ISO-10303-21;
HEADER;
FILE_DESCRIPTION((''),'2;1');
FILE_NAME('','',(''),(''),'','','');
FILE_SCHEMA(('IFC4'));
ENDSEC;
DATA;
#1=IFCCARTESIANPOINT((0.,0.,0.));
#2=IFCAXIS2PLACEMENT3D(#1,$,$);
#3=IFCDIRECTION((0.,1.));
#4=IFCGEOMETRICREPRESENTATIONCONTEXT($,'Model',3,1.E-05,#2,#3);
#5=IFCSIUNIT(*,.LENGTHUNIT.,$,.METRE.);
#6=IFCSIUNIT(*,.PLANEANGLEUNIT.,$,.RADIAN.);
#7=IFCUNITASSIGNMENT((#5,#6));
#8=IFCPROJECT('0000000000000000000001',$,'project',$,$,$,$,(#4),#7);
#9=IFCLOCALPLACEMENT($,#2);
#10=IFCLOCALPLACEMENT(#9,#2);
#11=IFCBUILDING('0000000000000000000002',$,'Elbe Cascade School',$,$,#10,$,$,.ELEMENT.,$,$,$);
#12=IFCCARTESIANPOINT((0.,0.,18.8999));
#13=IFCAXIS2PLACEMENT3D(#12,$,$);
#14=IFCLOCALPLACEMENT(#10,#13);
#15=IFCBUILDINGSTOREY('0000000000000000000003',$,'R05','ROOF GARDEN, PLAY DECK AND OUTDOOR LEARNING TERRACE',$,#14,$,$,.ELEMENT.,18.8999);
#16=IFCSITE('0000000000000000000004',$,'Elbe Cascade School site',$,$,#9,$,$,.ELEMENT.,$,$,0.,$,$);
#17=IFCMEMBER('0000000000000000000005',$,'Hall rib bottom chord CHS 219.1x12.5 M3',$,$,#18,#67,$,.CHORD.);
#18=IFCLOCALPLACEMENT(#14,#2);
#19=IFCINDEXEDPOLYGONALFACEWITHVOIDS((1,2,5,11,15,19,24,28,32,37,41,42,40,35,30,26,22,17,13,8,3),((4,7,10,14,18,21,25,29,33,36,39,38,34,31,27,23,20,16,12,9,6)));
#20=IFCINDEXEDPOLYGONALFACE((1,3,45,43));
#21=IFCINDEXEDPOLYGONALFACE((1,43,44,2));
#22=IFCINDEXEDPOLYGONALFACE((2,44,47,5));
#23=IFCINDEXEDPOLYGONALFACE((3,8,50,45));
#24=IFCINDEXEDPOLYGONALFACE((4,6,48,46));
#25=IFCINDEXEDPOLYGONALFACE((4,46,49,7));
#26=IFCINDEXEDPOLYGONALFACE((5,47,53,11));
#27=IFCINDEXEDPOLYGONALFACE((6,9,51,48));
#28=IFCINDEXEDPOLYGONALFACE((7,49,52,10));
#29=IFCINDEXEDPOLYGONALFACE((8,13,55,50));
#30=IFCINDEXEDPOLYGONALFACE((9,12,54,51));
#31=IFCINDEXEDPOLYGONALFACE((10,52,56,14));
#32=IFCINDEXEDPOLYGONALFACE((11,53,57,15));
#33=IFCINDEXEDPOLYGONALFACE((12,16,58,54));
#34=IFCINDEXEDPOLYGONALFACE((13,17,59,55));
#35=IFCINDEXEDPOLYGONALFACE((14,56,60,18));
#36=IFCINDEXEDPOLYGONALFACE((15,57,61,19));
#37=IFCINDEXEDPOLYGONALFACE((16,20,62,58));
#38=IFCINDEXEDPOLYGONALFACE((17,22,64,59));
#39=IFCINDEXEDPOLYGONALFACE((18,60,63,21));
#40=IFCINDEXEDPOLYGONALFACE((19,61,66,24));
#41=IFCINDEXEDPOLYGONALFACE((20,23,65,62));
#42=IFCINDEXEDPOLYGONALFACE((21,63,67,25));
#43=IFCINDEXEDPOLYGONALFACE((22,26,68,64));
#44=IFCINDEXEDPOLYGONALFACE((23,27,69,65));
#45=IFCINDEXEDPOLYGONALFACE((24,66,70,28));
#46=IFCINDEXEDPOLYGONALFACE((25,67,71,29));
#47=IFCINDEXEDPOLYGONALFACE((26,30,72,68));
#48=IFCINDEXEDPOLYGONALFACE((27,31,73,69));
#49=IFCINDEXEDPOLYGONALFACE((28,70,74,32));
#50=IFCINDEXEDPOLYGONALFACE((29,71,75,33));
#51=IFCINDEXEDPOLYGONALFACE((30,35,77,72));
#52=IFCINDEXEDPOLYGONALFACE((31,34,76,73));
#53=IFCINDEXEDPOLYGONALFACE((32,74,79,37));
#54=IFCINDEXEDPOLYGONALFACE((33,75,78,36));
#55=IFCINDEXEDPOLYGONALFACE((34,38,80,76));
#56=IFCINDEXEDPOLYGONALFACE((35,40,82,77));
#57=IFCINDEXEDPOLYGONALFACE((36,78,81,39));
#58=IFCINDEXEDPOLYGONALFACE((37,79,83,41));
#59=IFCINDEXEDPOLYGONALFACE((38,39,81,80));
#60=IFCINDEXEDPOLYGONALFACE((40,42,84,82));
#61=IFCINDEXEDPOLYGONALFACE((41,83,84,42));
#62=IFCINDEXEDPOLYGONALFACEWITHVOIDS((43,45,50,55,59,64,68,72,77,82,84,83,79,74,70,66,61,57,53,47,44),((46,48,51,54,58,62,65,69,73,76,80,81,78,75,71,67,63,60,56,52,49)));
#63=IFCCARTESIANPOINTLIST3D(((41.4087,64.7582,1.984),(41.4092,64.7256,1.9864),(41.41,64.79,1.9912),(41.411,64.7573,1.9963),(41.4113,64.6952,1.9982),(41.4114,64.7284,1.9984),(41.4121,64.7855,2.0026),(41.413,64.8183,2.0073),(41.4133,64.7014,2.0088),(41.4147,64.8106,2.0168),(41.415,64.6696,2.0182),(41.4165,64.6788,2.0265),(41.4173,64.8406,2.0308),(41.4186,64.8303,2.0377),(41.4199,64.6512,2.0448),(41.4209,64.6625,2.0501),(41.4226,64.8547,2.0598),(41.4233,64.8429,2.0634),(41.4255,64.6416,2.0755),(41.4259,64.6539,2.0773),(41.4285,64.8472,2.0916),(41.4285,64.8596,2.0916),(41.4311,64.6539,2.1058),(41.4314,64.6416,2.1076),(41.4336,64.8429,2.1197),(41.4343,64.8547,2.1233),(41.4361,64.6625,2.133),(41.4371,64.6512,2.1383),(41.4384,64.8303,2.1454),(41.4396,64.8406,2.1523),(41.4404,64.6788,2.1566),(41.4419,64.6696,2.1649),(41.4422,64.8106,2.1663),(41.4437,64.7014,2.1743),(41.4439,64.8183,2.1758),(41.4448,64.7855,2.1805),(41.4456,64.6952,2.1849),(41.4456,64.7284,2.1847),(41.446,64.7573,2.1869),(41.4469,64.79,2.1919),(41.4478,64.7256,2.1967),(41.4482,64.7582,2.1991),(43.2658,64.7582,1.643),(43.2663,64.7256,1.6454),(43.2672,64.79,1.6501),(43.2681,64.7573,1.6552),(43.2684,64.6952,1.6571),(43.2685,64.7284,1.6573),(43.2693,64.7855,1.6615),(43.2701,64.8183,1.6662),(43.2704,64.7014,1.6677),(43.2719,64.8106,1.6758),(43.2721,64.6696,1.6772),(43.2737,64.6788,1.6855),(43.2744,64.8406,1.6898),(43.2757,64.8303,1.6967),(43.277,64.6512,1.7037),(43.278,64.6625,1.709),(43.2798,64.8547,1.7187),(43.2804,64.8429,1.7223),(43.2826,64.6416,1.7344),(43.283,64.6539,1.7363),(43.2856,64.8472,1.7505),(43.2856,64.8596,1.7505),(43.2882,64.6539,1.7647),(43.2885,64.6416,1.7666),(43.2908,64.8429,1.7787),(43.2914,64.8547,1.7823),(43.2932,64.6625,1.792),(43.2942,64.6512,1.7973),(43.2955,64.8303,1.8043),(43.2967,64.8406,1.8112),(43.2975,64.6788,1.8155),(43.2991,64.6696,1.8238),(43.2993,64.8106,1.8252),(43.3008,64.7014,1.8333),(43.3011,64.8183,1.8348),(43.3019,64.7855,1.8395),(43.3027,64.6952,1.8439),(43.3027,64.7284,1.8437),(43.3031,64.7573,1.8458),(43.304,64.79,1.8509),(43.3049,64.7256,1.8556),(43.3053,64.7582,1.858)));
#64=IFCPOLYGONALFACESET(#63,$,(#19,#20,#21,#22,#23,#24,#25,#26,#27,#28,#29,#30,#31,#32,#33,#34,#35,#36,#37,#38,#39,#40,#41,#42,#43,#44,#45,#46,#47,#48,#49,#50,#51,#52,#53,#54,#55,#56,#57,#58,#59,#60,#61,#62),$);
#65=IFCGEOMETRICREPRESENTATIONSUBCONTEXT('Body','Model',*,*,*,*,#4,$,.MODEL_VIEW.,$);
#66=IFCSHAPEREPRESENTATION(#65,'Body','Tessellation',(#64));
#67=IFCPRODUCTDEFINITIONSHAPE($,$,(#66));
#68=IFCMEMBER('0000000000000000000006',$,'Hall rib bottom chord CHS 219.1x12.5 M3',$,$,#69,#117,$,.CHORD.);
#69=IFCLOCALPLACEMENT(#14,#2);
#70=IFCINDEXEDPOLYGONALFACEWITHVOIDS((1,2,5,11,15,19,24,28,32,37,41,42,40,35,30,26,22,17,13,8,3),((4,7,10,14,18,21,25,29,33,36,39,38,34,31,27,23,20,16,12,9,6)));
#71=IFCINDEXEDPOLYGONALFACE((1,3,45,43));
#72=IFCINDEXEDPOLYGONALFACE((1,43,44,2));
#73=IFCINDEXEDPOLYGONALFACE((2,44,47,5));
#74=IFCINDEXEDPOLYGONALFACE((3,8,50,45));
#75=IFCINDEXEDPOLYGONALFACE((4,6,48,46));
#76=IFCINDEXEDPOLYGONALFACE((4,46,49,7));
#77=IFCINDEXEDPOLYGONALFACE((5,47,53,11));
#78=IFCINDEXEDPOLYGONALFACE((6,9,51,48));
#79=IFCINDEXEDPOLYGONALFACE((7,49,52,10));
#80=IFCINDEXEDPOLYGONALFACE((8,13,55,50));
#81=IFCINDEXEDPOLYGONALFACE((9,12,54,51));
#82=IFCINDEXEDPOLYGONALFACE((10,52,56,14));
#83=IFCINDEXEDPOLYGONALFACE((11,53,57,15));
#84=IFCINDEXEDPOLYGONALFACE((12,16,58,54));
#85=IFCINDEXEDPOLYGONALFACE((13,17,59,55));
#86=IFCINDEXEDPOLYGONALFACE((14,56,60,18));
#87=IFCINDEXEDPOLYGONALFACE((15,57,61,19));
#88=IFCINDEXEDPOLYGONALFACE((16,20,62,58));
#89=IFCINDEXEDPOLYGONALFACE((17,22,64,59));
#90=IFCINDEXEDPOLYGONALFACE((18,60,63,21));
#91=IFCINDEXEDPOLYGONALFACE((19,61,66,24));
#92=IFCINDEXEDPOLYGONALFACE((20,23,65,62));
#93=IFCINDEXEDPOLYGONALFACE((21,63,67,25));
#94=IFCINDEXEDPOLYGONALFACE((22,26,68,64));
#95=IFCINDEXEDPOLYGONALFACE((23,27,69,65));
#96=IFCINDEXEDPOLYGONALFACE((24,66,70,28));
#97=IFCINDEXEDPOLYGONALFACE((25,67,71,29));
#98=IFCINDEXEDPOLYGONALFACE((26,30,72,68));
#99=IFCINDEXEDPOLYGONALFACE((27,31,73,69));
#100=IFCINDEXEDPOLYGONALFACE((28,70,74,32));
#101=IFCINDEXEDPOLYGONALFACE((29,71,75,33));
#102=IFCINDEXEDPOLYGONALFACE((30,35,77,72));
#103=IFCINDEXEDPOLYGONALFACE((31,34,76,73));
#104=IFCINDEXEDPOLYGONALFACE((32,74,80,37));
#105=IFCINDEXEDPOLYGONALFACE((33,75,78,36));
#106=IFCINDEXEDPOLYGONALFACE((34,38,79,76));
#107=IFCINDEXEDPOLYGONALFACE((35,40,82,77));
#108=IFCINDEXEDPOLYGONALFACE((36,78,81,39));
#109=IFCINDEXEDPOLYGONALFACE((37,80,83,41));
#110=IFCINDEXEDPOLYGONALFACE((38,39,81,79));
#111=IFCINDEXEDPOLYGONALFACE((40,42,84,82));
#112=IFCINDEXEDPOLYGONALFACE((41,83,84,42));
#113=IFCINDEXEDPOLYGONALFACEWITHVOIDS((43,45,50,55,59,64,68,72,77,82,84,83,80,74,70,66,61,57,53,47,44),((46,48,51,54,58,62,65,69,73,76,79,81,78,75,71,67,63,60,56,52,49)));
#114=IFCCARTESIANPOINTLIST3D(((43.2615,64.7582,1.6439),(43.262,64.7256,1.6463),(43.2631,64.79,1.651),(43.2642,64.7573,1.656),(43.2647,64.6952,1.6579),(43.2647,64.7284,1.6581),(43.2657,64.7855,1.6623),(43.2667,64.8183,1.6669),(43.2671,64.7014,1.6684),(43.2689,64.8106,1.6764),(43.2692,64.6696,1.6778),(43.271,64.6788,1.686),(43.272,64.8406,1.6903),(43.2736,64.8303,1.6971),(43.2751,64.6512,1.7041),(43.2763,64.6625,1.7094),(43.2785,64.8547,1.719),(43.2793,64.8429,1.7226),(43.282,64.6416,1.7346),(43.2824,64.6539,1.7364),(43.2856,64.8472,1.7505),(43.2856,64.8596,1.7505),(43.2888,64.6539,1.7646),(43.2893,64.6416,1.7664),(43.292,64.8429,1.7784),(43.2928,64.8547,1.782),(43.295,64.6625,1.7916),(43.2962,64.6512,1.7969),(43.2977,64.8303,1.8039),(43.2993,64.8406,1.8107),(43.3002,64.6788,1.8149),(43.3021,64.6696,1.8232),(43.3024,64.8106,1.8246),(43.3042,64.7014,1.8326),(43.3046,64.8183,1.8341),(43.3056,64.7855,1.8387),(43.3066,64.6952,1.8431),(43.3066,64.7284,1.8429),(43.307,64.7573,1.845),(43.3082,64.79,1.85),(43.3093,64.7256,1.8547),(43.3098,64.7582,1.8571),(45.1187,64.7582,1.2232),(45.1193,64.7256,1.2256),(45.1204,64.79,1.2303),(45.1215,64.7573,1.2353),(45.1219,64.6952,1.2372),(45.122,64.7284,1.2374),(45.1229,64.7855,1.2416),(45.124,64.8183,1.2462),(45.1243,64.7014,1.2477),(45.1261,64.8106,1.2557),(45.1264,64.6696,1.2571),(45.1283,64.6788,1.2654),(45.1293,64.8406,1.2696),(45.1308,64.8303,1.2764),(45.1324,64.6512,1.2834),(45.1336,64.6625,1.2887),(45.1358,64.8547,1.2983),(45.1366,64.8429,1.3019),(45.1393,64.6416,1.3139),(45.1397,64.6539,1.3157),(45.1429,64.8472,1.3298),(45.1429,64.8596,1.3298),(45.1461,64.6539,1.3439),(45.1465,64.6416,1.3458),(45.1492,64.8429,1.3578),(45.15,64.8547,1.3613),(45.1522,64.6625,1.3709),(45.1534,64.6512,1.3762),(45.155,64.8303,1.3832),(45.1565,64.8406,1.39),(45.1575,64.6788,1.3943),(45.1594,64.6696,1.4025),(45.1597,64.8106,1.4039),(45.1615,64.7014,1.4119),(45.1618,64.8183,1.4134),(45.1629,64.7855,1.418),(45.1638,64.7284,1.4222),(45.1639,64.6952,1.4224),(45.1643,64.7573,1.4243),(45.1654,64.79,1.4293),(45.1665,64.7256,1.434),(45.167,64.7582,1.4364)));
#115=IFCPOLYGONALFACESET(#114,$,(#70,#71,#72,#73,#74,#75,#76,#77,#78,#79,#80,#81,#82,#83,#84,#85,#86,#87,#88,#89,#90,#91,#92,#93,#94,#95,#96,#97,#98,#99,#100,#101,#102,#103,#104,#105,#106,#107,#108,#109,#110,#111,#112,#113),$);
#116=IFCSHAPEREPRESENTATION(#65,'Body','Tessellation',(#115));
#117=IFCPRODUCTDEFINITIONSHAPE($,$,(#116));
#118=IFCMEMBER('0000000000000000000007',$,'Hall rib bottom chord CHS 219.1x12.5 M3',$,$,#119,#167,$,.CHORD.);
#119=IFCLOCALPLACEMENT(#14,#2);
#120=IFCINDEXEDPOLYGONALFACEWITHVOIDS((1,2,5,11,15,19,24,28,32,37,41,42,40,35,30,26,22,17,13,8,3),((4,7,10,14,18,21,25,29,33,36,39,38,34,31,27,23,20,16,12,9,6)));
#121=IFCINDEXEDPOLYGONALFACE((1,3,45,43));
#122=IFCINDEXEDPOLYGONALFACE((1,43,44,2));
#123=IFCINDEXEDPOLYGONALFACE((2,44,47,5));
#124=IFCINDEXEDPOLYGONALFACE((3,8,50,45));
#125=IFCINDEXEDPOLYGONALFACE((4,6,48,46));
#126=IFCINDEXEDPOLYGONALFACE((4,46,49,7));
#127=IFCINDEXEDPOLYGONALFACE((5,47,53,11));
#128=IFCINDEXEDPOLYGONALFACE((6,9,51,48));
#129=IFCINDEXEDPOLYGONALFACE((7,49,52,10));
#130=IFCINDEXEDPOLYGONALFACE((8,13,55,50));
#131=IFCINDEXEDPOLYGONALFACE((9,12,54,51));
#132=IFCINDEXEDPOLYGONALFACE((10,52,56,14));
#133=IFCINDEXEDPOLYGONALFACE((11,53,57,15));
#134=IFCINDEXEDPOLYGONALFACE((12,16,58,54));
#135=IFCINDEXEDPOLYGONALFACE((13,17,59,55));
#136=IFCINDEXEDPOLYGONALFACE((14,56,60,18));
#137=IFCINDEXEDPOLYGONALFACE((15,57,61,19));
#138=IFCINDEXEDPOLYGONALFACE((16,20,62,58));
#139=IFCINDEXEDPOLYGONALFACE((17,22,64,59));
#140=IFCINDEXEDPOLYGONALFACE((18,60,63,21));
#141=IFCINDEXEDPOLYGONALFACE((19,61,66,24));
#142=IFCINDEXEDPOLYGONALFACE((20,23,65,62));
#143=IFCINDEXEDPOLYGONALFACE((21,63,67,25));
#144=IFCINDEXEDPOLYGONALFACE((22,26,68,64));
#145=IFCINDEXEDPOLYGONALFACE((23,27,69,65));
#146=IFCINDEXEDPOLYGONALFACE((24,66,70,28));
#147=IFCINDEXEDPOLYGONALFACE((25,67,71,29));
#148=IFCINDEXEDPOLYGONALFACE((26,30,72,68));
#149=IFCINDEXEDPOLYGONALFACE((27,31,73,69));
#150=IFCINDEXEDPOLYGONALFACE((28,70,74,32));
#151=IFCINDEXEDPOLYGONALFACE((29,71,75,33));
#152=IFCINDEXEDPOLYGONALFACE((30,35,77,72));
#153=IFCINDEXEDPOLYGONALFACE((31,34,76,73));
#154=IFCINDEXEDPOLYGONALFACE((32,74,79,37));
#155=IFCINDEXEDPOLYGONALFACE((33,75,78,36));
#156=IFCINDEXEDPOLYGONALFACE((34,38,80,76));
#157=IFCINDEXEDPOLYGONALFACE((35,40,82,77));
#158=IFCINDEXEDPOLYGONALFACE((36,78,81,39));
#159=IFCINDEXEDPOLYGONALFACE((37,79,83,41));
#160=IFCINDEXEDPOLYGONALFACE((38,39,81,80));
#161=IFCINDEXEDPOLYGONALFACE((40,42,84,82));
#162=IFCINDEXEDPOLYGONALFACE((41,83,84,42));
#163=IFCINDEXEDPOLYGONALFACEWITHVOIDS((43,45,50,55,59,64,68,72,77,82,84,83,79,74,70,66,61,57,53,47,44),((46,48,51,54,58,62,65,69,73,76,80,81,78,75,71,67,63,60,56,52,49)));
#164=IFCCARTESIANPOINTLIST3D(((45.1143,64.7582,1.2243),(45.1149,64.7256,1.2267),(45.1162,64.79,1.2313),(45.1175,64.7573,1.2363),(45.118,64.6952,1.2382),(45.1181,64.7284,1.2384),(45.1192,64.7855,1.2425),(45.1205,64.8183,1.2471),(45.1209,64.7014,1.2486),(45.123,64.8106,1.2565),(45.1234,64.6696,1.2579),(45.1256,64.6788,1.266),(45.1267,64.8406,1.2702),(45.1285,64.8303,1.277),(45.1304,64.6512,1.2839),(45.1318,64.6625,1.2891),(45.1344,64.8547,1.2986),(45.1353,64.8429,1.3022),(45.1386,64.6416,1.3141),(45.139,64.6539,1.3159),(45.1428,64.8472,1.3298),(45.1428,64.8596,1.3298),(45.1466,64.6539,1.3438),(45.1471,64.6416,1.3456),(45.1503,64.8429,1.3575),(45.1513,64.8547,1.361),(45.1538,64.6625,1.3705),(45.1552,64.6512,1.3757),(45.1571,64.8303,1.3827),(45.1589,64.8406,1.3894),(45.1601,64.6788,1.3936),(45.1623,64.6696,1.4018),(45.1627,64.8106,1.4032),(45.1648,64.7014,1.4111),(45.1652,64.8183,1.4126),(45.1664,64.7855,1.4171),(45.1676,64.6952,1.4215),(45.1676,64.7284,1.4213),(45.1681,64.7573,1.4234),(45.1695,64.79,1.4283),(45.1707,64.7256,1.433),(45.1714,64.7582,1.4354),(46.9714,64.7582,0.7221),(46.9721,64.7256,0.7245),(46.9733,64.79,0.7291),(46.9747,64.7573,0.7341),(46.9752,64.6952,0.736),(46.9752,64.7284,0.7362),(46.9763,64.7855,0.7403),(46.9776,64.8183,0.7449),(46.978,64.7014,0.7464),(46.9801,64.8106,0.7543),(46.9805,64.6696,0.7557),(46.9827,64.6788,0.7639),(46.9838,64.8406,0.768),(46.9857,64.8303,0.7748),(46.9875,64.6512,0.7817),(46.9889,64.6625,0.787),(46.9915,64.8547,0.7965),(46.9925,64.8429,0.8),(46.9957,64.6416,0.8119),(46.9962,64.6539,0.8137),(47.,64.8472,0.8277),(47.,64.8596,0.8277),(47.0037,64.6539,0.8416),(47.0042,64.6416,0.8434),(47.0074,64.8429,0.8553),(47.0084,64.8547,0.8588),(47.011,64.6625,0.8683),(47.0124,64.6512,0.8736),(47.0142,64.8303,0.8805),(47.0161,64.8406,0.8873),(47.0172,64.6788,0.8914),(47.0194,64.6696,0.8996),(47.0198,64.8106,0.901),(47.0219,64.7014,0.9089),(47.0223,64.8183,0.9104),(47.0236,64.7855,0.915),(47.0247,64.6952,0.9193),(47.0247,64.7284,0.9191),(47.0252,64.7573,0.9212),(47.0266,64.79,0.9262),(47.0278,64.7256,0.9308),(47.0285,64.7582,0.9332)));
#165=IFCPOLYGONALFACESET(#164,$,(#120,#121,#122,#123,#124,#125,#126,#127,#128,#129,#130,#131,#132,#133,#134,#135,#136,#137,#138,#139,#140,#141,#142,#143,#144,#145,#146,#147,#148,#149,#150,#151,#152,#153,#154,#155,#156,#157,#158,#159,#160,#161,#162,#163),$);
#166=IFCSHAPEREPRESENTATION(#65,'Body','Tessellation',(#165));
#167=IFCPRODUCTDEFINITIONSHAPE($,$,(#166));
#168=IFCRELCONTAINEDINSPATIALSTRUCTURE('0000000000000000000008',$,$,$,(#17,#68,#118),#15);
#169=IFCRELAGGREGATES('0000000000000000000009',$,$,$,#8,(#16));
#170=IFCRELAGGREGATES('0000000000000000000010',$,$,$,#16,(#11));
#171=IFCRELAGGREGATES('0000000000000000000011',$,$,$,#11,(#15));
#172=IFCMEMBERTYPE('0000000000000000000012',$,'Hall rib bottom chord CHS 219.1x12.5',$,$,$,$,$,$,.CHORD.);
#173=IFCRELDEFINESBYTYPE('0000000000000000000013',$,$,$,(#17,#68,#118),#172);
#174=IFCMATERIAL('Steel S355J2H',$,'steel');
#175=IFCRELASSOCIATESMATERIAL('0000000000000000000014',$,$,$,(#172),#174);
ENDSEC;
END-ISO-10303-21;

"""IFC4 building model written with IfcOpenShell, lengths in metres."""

from ifc_helpers import new_model, si_unit, direction, frame, origin, origin_2d, place, context, subcontext, project, spatial, hollow_circle, extrude, material, material_profile, profile_set, type_object, element, save


model = new_model("IFC4")

# Units and contexts
model_context = context("Model", 3, precision=1e-05, world=origin(), true_north=direction((0.0, 1.0)))
body_context = subcontext(model_context, "Body", "Model", "MODEL_VIEW")
ifc_project = project(units=[si_unit("LENGTHUNIT", "METRE"), si_unit("PLANEANGLEUNIT", "RADIAN")], contexts=[model_context])

# Site, building, storey
site_placement = place(None, origin())
site = spatial("IfcSite", under=ifc_project, at=site_placement, Name="Elbe Cascade School site", CompositionType="ELEMENT", RefElevation=0.0)
building_placement = place(site_placement, origin())
building = spatial("IfcBuilding", under=site, at=building_placement, Name="Elbe Cascade School", CompositionType="ELEMENT")
storey_placement = place(building_placement, frame((0.0, 0.0, 18.8999)))
storey = spatial("IfcBuildingStorey", under=building, at=storey_placement, Name="R05", Description="ROOF GARDEN, PLAY DECK AND OUTDOOR LEARNING TERRACE", CompositionType="ELEMENT", Elevation=18.8999)

# Members
ifc_material_1 = material(Name="Steel S355J2H", Category="steel")
ifc_material_profile_1 = material_profile(ifc_material_1, hollow_circle(Radius=0.1096, WallThickness=0.0125, at=origin_2d()), Name="CHS 219.1x12.5")
ifc_profile_set_1 = profile_set([ifc_material_profile_1], Name="Steel S355J2H")
member_type_1 = type_object("IfcMemberType", Name="Hall rib bottom chord CHS 219.1x12.5", PredefinedType="CHORD", material=ifc_profile_set_1)
member_1_placement = place(storey_placement, frame((41.4285, 64.75, 2.0916), z_axis=(0.983552, 0.0, -0.180626), x_axis=(0.0, 1.0, 0.0)))
element("IfcMember", 1, at=member_1_placement, inside=storey, type_object=member_type_1, Name="Hall rib bottom chord CHS 219.1x12.5 M3", PredefinedType="CHORD", context=body_context, shape_type="SweptSolid", body=[
    extrude(hollow_circle(Radius=0.1096, WallThickness=0.0125, at=origin_2d()), origin(), (0.0, 0.0, 1.0), 1.8882),
])
member_2_placement = place(storey_placement, frame((43.2856, 64.75, 1.7505), z_axis=(0.975295, 0.0, -0.220906), x_axis=(0.0, 1.0, 0.0)))
element("IfcMember", 2, at=member_2_placement, inside=storey, type_object=member_type_1, Name="Hall rib bottom chord CHS 219.1x12.5 M3", PredefinedType="CHORD", context=body_context, shape_type="SweptSolid", body=[
    extrude(hollow_circle(Radius=0.1096, WallThickness=0.0125, at=origin_2d()), origin(), (0.0, 0.0, 1.0), 1.9043),
])
member_3_placement = place(storey_placement, frame((45.1428, 64.75, 1.3298), z_axis=(0.96533, 0.0, -0.261034), x_axis=(0.0, 1.0, 0.0)))
element("IfcMember", 3, at=member_3_placement, inside=storey, type_object=member_type_1, Name="Hall rib bottom chord CHS 219.1x12.5 M3", PredefinedType="CHORD", context=body_context, shape_type="SweptSolid", body=[
    extrude(hollow_circle(Radius=0.1096, WallThickness=0.0125, at=origin_2d()), origin(), (0.0, 0.0, 1.0), 1.9238),
])

save(model, "model.ifc")
